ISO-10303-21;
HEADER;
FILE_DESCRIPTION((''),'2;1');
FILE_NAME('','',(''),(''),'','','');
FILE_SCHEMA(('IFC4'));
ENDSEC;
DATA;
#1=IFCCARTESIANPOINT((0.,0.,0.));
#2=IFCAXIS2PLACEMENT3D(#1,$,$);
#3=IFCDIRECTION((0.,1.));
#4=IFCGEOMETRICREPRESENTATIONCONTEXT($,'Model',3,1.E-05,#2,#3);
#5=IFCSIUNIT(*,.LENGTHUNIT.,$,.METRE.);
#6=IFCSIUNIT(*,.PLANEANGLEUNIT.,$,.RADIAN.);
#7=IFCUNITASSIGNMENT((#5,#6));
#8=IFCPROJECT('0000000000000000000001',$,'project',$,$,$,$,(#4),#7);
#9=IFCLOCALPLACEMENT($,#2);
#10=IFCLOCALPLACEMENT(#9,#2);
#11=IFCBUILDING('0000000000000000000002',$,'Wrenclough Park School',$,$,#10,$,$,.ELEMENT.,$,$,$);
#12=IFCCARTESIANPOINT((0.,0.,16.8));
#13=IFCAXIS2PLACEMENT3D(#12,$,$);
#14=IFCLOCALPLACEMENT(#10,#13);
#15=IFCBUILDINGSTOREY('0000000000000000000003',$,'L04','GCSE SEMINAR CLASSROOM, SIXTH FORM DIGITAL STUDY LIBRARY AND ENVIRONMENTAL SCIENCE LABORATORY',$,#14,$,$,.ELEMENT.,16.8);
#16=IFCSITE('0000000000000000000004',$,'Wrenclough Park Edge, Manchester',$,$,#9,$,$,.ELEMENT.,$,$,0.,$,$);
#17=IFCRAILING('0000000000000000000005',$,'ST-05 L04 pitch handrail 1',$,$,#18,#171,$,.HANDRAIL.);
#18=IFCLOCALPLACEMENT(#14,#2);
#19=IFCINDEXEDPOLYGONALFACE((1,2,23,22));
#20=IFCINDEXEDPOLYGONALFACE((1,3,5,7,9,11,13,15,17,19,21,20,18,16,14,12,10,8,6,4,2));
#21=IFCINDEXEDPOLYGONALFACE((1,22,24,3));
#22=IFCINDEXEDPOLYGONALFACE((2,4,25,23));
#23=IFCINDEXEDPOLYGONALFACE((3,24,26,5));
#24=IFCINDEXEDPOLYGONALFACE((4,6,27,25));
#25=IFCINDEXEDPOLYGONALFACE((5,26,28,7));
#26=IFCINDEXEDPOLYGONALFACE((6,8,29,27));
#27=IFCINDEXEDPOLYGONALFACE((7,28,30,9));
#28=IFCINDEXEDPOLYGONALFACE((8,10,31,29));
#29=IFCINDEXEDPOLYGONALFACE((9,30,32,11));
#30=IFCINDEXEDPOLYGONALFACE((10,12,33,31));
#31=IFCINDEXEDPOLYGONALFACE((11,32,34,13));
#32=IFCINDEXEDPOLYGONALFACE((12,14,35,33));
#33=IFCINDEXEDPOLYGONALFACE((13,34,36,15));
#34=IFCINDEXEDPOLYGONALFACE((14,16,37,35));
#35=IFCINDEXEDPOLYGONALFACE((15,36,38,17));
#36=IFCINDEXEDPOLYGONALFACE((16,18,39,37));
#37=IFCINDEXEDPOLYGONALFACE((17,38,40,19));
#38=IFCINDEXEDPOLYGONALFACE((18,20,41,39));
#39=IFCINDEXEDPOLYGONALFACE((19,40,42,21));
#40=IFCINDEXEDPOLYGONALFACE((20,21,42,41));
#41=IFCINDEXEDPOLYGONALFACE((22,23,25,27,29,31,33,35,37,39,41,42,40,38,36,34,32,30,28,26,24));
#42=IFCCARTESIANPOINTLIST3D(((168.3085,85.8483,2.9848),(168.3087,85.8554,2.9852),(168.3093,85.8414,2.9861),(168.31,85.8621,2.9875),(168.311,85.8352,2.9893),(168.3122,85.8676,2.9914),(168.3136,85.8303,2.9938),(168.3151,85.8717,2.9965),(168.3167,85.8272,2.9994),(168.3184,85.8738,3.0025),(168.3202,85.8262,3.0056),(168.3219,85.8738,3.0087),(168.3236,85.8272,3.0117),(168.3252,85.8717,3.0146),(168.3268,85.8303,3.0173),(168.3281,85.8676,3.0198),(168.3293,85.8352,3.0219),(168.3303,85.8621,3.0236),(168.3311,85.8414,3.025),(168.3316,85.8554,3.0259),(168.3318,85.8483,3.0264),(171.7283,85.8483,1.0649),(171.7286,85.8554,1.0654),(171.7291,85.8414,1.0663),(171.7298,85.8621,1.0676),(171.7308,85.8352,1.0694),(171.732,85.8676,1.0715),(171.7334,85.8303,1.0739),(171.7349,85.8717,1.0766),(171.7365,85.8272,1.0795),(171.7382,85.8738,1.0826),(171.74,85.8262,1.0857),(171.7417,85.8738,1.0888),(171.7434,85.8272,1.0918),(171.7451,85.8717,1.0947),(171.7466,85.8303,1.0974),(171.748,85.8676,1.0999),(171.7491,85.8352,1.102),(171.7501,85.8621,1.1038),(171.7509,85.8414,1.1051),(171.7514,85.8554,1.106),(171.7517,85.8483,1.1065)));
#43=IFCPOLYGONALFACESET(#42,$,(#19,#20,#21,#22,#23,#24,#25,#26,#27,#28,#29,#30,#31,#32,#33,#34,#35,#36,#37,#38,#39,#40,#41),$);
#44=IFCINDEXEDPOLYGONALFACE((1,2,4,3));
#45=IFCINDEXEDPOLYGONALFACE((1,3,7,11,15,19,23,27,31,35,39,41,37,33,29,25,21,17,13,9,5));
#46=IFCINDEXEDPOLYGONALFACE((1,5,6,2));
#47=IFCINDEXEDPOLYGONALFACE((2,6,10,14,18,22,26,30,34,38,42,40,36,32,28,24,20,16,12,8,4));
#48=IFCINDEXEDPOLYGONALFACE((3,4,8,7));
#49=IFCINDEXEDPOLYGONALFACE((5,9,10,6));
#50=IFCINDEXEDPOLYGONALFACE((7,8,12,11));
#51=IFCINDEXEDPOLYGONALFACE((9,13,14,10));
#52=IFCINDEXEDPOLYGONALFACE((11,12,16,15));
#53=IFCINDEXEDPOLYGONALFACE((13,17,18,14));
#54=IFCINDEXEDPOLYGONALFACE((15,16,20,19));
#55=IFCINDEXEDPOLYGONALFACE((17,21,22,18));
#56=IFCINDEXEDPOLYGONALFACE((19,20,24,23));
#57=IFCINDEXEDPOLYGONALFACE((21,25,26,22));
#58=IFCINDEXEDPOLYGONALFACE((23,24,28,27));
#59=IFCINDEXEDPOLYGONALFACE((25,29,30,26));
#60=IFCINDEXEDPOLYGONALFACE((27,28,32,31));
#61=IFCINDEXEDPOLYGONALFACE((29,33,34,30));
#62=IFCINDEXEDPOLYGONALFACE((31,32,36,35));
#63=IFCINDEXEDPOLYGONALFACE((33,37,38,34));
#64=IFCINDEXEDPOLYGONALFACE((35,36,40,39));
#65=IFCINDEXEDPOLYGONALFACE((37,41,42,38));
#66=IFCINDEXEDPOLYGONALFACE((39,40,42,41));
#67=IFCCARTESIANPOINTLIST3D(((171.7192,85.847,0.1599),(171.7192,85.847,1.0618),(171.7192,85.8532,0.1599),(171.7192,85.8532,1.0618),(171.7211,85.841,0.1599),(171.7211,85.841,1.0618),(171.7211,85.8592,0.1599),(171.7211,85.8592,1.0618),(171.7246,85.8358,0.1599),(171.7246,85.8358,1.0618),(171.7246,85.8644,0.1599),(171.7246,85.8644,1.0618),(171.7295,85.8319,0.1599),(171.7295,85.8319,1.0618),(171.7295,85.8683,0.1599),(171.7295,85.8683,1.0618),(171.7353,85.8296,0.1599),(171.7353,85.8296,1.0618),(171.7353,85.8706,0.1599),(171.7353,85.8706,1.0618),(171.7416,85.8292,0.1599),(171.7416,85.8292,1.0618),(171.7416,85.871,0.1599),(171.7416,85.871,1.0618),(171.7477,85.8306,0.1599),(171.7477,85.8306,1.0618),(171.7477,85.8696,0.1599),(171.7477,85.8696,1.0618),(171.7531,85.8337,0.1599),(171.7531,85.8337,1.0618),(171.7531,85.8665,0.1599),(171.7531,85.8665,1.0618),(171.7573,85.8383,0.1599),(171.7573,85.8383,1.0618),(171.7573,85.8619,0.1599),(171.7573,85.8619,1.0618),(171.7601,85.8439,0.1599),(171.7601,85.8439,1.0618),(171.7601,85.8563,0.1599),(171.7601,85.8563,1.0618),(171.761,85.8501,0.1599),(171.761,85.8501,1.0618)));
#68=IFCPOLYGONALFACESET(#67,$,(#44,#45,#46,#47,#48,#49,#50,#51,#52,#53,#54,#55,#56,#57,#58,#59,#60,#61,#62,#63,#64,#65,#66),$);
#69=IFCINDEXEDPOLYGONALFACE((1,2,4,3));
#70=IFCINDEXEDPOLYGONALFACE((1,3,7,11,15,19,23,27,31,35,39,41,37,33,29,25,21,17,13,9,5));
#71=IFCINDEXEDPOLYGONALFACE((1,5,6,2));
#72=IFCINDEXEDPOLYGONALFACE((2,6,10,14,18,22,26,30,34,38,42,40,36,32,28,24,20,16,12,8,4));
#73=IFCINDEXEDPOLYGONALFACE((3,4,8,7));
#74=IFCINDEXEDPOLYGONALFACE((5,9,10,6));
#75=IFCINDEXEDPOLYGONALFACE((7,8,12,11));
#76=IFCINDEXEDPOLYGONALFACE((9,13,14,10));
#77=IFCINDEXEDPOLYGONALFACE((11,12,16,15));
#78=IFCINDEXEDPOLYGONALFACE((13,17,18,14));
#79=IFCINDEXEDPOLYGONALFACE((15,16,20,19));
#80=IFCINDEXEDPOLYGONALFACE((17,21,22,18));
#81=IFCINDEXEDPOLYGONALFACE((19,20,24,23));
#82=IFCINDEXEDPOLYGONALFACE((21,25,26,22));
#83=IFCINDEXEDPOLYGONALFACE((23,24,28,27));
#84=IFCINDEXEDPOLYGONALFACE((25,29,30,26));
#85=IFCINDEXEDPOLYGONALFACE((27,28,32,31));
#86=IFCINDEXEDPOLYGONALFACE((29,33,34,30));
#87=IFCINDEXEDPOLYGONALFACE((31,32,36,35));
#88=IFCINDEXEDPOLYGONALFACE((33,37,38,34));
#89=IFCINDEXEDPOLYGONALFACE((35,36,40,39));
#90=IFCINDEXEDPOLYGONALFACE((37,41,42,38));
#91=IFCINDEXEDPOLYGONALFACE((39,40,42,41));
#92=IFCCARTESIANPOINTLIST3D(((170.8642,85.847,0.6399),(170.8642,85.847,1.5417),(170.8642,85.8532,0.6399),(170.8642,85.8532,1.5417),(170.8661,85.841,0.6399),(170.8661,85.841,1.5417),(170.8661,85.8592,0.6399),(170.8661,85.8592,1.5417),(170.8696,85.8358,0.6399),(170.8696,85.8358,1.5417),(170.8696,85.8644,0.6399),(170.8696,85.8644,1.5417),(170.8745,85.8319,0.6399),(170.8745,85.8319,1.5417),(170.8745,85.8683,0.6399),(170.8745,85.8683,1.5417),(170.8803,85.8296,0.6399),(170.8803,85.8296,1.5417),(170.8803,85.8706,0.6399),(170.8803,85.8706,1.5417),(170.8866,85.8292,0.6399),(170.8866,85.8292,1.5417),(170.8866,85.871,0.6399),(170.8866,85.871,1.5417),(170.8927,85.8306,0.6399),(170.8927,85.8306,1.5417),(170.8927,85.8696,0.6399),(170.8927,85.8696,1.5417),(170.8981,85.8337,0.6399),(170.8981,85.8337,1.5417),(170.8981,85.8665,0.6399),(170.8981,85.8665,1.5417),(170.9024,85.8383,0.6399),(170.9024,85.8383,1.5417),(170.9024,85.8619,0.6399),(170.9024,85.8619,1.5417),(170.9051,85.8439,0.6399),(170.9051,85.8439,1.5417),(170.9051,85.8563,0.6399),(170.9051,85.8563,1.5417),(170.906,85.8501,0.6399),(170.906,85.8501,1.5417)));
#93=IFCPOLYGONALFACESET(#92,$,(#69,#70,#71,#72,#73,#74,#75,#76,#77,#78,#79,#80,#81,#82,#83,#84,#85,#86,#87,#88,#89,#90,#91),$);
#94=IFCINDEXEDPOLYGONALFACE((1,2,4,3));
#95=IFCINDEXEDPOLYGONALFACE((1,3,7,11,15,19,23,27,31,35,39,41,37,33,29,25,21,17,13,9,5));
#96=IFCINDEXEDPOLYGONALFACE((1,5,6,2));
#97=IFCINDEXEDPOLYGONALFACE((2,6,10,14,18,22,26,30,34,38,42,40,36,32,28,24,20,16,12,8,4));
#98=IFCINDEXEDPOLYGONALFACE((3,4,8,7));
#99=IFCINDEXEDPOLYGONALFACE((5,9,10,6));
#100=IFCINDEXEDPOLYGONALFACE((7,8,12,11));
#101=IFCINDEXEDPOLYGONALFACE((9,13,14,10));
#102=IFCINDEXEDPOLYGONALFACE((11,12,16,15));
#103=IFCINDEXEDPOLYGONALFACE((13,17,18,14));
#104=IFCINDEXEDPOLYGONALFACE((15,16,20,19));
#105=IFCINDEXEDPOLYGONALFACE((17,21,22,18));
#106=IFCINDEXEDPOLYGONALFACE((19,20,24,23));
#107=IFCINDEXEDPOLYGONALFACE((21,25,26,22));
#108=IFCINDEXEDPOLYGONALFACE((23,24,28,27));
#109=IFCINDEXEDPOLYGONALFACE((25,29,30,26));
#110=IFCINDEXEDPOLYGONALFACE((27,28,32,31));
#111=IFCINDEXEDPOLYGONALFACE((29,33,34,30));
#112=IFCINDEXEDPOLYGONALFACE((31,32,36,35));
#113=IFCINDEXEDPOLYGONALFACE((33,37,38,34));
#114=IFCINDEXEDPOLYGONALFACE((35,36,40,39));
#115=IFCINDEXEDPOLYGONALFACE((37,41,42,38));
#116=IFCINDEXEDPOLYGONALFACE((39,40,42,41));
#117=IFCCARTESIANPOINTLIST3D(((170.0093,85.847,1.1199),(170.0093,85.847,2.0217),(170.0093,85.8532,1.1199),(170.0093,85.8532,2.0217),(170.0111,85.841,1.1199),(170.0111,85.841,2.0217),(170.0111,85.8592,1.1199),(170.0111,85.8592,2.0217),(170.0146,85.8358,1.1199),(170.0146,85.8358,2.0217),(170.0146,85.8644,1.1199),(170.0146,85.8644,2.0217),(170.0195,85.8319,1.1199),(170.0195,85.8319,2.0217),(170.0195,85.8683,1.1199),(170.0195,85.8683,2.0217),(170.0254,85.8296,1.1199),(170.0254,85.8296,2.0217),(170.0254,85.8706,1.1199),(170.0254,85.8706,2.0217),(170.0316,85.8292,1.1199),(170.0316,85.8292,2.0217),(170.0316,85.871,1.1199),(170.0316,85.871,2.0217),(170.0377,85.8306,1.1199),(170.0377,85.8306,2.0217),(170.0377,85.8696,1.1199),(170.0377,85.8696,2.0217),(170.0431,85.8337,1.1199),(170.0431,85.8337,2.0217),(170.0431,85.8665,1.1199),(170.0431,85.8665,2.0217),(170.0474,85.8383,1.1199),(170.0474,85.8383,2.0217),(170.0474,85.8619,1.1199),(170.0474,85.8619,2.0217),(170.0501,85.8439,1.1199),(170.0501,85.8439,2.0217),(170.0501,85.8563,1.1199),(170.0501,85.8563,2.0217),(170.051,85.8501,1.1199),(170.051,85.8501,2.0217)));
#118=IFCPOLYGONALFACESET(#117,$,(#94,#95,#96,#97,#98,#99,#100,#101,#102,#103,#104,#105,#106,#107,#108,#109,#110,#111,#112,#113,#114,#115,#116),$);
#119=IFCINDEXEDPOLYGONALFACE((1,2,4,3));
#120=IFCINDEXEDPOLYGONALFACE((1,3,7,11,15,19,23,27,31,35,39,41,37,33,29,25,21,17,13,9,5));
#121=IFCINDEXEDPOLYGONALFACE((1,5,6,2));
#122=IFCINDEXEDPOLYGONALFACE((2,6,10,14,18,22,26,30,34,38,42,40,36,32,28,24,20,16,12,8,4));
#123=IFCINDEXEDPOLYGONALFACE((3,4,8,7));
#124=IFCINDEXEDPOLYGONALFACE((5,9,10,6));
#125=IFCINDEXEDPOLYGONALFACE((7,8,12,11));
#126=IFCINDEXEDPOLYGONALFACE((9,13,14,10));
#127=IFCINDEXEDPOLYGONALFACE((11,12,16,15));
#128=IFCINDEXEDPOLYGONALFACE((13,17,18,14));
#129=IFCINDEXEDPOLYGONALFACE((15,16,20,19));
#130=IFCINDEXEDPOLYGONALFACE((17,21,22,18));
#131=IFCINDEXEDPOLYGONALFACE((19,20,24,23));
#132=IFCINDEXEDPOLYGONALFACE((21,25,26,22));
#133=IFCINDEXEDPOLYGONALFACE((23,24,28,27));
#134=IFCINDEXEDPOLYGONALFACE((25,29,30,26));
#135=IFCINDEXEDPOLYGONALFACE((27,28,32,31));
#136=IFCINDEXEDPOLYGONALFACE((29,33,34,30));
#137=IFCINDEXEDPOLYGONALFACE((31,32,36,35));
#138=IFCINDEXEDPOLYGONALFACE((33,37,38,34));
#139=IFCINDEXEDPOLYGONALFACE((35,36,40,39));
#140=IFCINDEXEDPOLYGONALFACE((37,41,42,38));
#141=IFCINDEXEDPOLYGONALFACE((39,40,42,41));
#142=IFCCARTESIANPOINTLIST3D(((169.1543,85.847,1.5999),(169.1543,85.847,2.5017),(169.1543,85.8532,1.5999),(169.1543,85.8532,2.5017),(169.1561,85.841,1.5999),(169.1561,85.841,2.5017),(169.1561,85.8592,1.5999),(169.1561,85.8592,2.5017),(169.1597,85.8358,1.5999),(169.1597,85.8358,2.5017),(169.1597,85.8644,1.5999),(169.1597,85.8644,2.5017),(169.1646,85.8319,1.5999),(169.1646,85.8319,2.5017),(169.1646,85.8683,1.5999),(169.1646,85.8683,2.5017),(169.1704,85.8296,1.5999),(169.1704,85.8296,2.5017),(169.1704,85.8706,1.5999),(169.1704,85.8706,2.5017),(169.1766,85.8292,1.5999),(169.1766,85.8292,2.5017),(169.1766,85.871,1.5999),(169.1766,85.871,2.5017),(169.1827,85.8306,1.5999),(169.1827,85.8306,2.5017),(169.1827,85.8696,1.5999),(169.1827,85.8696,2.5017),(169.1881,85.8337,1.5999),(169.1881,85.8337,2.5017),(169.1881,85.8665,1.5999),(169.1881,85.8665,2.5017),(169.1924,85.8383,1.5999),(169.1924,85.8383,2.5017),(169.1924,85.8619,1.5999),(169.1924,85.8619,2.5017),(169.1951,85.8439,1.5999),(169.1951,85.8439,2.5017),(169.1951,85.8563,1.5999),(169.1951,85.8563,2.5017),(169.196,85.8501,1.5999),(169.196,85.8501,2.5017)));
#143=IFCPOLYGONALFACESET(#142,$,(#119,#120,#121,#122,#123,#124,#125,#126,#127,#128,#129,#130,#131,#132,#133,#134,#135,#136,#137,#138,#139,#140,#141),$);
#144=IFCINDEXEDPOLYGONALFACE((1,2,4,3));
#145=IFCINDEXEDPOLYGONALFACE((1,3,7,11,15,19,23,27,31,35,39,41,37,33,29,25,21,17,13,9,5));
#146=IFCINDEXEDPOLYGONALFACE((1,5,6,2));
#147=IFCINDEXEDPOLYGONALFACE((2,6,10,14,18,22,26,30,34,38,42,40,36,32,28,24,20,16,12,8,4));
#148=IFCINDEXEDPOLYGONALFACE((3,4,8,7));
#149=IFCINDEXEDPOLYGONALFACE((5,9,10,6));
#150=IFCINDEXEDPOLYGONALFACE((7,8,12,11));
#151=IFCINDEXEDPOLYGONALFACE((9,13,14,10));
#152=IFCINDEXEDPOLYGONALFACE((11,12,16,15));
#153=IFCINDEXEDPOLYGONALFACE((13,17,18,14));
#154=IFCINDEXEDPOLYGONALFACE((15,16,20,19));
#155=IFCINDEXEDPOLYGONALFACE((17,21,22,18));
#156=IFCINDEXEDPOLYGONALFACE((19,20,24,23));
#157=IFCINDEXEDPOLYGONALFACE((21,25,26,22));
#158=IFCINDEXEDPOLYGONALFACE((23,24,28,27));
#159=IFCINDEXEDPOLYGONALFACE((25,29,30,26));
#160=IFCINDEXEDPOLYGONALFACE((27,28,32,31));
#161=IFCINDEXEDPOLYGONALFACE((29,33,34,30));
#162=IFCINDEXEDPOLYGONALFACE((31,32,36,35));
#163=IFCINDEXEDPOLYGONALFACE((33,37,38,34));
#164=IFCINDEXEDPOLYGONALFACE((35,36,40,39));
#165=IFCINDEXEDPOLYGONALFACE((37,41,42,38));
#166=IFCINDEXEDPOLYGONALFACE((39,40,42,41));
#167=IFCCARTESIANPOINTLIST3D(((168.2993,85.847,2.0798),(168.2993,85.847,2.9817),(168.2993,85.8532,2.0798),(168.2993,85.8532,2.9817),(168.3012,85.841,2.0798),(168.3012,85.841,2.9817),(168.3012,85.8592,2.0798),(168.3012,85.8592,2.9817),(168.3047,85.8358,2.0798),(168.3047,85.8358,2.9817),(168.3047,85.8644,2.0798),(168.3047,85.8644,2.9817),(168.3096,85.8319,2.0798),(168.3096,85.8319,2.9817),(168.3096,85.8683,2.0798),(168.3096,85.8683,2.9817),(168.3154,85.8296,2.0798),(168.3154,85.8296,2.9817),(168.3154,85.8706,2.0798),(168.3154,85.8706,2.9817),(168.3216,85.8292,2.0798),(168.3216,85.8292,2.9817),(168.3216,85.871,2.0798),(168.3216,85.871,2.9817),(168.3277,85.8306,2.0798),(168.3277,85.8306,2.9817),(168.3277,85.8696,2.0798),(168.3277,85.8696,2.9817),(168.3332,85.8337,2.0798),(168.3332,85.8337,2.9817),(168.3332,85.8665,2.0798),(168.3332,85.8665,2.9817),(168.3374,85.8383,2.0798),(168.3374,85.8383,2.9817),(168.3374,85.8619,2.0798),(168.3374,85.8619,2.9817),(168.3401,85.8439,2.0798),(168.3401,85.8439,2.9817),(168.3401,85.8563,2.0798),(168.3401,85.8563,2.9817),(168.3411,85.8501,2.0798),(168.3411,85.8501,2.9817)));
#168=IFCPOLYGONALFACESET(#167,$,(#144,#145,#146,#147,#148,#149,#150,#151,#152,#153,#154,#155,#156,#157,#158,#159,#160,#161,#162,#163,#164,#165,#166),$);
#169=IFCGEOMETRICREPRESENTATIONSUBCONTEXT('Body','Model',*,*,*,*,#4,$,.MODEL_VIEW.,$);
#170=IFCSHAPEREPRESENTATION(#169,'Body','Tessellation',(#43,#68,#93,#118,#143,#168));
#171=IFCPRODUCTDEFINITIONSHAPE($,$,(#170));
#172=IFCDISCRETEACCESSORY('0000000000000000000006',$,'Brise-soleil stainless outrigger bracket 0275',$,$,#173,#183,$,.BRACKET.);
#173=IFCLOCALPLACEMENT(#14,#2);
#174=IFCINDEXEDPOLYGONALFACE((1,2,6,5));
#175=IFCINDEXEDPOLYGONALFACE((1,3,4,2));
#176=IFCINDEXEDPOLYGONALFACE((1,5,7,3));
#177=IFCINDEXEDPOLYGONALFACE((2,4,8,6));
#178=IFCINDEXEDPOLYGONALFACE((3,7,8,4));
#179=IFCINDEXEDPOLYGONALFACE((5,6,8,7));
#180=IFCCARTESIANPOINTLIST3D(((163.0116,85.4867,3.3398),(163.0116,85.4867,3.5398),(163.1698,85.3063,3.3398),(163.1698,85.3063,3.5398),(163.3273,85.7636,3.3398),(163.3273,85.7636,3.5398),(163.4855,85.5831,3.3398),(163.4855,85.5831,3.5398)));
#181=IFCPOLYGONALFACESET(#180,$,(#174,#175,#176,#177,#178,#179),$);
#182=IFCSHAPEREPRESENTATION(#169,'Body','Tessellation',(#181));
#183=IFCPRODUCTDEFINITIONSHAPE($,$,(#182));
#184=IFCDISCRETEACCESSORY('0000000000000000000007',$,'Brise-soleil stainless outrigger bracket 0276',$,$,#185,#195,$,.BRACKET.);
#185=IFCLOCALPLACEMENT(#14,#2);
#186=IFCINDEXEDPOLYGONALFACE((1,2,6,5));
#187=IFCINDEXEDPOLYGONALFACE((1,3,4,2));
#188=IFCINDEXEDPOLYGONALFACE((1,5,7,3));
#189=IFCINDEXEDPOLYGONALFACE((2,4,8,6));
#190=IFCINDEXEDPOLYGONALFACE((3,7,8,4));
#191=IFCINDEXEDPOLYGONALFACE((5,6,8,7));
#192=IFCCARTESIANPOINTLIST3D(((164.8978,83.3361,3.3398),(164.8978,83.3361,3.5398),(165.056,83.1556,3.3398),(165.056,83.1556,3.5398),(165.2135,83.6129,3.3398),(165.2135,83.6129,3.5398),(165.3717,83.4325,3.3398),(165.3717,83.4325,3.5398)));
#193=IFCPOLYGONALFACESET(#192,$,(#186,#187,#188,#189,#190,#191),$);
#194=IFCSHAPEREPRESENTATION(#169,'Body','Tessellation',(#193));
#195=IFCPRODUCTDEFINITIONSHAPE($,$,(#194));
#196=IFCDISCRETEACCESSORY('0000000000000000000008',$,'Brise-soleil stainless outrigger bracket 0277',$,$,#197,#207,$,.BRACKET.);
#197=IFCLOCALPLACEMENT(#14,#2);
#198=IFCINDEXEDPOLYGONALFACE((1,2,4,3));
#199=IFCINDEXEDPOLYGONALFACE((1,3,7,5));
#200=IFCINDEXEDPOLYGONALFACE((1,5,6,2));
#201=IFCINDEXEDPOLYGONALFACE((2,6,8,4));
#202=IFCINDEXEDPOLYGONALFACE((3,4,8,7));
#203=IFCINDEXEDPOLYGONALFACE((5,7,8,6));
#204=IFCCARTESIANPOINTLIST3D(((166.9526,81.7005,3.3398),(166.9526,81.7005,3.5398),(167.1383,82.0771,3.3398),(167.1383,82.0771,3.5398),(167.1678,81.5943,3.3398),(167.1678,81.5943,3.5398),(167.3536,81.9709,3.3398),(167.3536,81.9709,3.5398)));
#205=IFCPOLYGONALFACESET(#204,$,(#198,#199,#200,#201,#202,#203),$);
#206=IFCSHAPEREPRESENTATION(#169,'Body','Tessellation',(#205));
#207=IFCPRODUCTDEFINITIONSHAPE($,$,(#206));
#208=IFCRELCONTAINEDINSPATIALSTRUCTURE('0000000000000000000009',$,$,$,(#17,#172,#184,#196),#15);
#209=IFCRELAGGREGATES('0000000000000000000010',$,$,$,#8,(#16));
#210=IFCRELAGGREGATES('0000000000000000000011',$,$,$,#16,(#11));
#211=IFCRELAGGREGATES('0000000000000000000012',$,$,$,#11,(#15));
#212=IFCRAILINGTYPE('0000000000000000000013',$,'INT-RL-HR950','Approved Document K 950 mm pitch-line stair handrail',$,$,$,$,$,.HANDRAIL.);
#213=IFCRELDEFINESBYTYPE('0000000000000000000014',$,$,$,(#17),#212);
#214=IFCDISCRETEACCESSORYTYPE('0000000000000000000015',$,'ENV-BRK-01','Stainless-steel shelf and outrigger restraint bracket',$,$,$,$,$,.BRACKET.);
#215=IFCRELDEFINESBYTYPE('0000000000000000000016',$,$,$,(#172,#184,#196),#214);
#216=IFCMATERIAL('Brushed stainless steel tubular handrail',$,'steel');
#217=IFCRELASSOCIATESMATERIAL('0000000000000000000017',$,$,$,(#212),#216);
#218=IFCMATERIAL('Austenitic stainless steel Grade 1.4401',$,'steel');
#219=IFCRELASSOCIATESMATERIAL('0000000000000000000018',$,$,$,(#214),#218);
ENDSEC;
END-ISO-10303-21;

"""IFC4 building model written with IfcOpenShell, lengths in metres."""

from ifc_helpers import new_model, si_unit, direction, frame, origin, origin_2d, place, context, subcontext, project, spatial, rectangle, circle, extrude, material, type_object, element, save


model = new_model("IFC4")

# Units and contexts
model_context = context("Model", 3, precision=1e-05, world=origin(), true_north=direction((0.0, 1.0)))
body_context = subcontext(model_context, "Body", "Model", "MODEL_VIEW")
ifc_project = project(units=[si_unit("LENGTHUNIT", "METRE"), si_unit("PLANEANGLEUNIT", "RADIAN")], contexts=[model_context])

# Site, building, storey
site_placement = place(None, origin())
site = spatial("IfcSite", under=ifc_project, at=site_placement, Name="Wrenclough Park Edge, Manchester", CompositionType="ELEMENT", RefElevation=0.0)
building_placement = place(site_placement, origin())
building = spatial("IfcBuilding", under=site, at=building_placement, Name="Wrenclough Park School", CompositionType="ELEMENT")
storey_placement = place(building_placement, frame((0.0, 0.0, 16.8)))
storey = spatial("IfcBuildingStorey", under=building, at=storey_placement, Name="L04", Description="GCSE SEMINAR CLASSROOM, SIXTH FORM DIGITAL STUDY LIBRARY AND ENVIRONMENTAL SCIENCE LABORATORY", CompositionType="ELEMENT", Elevation=16.8)

# Railing
ifc_material_1 = material(Name="Brushed stainless steel tubular handrail", Category="steel")
railing_type = type_object("IfcRailingType", Name="INT-RL-HR950", Description="Approved Document K 950 mm pitch-line stair handrail", PredefinedType="HANDRAIL", material=ifc_material_1)
railing_placement = place(storey_placement, frame((171.74, 85.8501, 0.1599)))
element("IfcRailing", 1, at=railing_placement, inside=storey, type_object=railing_type, Name="ST-05 L04 pitch handrail 1", PredefinedType="HANDRAIL", context=body_context, shape_type="SweptSolid", body=[
    extrude(circle(Radius=0.0239, at=origin_2d()), frame((0.0, 0.0, 0.9258), z_axis=(-0.871988, 0.0, 0.489528), x_axis=(0.0, -1.0, 0.0)), (0.0, 0.0, 1.0), 3.9219),
    extrude(circle(Radius=0.021, at=origin_2d()), origin(), (0.0, 0.0, 1.0), 0.9019),
    extrude(circle(Radius=0.021, at=origin_2d()), frame((-0.855, 0.0, 0.48)), (0.0, 0.0, 1.0), 0.9019),
    extrude(circle(Radius=0.021, at=origin_2d()), frame((-1.71, 0.0, 0.96)), (0.0, 0.0, 1.0), 0.9019),
    extrude(circle(Radius=0.021, at=origin_2d()), frame((-2.5649, 0.0, 1.4399)), (0.0, 0.0, 1.0), 0.9019),
    extrude(circle(Radius=0.021, at=origin_2d()), frame((-3.4199, 0.0, 1.9199)), (0.0, 0.0, 1.0), 0.9019),
])

# Discrete accessories
ifc_material_2 = material(Name="Austenitic stainless steel Grade 1.4401", Category="steel")
discrete_accessory_type = type_object("IfcDiscreteAccessoryType", Name="ENV-BRK-01", Description="Stainless-steel shelf and outrigger restraint bracket", PredefinedType="BRACKET", material=ifc_material_2)
for number, where, z_axis, x_axis, name in (
    (2, (163.2485, 85.5349, 3.3398), (0.0, 0.0, 1.0), (0.659348, -0.751838, 0.0), "Brise-soleil stainless outrigger bracket 0275"),
    (3, (165.1348, 83.3843, 3.3398), (0.0, 0.0, 1.0), (0.659348, -0.751838, 0.0), "Brise-soleil stainless outrigger bracket 0276"),
    (4, (167.1531, 81.8357, 3.3398), (0.0, 0.0, 1.0), (0.896859, -0.442316, 0.0), "Brise-soleil stainless outrigger bracket 0277"),
):
    element("IfcDiscreteAccessory", number, at=place(storey_placement, frame(where, z_axis=z_axis, x_axis=x_axis)), inside=storey, type_object=discrete_accessory_type, Name=name, PredefinedType="BRACKET", context=body_context, shape_type="SweptSolid", body=[
        extrude(rectangle(XDim=0.24, YDim=0.4199, at=origin_2d()), origin(), (0.0, 0.0, 1.0), 0.2),
    ])

save(model, "model.ifc")
